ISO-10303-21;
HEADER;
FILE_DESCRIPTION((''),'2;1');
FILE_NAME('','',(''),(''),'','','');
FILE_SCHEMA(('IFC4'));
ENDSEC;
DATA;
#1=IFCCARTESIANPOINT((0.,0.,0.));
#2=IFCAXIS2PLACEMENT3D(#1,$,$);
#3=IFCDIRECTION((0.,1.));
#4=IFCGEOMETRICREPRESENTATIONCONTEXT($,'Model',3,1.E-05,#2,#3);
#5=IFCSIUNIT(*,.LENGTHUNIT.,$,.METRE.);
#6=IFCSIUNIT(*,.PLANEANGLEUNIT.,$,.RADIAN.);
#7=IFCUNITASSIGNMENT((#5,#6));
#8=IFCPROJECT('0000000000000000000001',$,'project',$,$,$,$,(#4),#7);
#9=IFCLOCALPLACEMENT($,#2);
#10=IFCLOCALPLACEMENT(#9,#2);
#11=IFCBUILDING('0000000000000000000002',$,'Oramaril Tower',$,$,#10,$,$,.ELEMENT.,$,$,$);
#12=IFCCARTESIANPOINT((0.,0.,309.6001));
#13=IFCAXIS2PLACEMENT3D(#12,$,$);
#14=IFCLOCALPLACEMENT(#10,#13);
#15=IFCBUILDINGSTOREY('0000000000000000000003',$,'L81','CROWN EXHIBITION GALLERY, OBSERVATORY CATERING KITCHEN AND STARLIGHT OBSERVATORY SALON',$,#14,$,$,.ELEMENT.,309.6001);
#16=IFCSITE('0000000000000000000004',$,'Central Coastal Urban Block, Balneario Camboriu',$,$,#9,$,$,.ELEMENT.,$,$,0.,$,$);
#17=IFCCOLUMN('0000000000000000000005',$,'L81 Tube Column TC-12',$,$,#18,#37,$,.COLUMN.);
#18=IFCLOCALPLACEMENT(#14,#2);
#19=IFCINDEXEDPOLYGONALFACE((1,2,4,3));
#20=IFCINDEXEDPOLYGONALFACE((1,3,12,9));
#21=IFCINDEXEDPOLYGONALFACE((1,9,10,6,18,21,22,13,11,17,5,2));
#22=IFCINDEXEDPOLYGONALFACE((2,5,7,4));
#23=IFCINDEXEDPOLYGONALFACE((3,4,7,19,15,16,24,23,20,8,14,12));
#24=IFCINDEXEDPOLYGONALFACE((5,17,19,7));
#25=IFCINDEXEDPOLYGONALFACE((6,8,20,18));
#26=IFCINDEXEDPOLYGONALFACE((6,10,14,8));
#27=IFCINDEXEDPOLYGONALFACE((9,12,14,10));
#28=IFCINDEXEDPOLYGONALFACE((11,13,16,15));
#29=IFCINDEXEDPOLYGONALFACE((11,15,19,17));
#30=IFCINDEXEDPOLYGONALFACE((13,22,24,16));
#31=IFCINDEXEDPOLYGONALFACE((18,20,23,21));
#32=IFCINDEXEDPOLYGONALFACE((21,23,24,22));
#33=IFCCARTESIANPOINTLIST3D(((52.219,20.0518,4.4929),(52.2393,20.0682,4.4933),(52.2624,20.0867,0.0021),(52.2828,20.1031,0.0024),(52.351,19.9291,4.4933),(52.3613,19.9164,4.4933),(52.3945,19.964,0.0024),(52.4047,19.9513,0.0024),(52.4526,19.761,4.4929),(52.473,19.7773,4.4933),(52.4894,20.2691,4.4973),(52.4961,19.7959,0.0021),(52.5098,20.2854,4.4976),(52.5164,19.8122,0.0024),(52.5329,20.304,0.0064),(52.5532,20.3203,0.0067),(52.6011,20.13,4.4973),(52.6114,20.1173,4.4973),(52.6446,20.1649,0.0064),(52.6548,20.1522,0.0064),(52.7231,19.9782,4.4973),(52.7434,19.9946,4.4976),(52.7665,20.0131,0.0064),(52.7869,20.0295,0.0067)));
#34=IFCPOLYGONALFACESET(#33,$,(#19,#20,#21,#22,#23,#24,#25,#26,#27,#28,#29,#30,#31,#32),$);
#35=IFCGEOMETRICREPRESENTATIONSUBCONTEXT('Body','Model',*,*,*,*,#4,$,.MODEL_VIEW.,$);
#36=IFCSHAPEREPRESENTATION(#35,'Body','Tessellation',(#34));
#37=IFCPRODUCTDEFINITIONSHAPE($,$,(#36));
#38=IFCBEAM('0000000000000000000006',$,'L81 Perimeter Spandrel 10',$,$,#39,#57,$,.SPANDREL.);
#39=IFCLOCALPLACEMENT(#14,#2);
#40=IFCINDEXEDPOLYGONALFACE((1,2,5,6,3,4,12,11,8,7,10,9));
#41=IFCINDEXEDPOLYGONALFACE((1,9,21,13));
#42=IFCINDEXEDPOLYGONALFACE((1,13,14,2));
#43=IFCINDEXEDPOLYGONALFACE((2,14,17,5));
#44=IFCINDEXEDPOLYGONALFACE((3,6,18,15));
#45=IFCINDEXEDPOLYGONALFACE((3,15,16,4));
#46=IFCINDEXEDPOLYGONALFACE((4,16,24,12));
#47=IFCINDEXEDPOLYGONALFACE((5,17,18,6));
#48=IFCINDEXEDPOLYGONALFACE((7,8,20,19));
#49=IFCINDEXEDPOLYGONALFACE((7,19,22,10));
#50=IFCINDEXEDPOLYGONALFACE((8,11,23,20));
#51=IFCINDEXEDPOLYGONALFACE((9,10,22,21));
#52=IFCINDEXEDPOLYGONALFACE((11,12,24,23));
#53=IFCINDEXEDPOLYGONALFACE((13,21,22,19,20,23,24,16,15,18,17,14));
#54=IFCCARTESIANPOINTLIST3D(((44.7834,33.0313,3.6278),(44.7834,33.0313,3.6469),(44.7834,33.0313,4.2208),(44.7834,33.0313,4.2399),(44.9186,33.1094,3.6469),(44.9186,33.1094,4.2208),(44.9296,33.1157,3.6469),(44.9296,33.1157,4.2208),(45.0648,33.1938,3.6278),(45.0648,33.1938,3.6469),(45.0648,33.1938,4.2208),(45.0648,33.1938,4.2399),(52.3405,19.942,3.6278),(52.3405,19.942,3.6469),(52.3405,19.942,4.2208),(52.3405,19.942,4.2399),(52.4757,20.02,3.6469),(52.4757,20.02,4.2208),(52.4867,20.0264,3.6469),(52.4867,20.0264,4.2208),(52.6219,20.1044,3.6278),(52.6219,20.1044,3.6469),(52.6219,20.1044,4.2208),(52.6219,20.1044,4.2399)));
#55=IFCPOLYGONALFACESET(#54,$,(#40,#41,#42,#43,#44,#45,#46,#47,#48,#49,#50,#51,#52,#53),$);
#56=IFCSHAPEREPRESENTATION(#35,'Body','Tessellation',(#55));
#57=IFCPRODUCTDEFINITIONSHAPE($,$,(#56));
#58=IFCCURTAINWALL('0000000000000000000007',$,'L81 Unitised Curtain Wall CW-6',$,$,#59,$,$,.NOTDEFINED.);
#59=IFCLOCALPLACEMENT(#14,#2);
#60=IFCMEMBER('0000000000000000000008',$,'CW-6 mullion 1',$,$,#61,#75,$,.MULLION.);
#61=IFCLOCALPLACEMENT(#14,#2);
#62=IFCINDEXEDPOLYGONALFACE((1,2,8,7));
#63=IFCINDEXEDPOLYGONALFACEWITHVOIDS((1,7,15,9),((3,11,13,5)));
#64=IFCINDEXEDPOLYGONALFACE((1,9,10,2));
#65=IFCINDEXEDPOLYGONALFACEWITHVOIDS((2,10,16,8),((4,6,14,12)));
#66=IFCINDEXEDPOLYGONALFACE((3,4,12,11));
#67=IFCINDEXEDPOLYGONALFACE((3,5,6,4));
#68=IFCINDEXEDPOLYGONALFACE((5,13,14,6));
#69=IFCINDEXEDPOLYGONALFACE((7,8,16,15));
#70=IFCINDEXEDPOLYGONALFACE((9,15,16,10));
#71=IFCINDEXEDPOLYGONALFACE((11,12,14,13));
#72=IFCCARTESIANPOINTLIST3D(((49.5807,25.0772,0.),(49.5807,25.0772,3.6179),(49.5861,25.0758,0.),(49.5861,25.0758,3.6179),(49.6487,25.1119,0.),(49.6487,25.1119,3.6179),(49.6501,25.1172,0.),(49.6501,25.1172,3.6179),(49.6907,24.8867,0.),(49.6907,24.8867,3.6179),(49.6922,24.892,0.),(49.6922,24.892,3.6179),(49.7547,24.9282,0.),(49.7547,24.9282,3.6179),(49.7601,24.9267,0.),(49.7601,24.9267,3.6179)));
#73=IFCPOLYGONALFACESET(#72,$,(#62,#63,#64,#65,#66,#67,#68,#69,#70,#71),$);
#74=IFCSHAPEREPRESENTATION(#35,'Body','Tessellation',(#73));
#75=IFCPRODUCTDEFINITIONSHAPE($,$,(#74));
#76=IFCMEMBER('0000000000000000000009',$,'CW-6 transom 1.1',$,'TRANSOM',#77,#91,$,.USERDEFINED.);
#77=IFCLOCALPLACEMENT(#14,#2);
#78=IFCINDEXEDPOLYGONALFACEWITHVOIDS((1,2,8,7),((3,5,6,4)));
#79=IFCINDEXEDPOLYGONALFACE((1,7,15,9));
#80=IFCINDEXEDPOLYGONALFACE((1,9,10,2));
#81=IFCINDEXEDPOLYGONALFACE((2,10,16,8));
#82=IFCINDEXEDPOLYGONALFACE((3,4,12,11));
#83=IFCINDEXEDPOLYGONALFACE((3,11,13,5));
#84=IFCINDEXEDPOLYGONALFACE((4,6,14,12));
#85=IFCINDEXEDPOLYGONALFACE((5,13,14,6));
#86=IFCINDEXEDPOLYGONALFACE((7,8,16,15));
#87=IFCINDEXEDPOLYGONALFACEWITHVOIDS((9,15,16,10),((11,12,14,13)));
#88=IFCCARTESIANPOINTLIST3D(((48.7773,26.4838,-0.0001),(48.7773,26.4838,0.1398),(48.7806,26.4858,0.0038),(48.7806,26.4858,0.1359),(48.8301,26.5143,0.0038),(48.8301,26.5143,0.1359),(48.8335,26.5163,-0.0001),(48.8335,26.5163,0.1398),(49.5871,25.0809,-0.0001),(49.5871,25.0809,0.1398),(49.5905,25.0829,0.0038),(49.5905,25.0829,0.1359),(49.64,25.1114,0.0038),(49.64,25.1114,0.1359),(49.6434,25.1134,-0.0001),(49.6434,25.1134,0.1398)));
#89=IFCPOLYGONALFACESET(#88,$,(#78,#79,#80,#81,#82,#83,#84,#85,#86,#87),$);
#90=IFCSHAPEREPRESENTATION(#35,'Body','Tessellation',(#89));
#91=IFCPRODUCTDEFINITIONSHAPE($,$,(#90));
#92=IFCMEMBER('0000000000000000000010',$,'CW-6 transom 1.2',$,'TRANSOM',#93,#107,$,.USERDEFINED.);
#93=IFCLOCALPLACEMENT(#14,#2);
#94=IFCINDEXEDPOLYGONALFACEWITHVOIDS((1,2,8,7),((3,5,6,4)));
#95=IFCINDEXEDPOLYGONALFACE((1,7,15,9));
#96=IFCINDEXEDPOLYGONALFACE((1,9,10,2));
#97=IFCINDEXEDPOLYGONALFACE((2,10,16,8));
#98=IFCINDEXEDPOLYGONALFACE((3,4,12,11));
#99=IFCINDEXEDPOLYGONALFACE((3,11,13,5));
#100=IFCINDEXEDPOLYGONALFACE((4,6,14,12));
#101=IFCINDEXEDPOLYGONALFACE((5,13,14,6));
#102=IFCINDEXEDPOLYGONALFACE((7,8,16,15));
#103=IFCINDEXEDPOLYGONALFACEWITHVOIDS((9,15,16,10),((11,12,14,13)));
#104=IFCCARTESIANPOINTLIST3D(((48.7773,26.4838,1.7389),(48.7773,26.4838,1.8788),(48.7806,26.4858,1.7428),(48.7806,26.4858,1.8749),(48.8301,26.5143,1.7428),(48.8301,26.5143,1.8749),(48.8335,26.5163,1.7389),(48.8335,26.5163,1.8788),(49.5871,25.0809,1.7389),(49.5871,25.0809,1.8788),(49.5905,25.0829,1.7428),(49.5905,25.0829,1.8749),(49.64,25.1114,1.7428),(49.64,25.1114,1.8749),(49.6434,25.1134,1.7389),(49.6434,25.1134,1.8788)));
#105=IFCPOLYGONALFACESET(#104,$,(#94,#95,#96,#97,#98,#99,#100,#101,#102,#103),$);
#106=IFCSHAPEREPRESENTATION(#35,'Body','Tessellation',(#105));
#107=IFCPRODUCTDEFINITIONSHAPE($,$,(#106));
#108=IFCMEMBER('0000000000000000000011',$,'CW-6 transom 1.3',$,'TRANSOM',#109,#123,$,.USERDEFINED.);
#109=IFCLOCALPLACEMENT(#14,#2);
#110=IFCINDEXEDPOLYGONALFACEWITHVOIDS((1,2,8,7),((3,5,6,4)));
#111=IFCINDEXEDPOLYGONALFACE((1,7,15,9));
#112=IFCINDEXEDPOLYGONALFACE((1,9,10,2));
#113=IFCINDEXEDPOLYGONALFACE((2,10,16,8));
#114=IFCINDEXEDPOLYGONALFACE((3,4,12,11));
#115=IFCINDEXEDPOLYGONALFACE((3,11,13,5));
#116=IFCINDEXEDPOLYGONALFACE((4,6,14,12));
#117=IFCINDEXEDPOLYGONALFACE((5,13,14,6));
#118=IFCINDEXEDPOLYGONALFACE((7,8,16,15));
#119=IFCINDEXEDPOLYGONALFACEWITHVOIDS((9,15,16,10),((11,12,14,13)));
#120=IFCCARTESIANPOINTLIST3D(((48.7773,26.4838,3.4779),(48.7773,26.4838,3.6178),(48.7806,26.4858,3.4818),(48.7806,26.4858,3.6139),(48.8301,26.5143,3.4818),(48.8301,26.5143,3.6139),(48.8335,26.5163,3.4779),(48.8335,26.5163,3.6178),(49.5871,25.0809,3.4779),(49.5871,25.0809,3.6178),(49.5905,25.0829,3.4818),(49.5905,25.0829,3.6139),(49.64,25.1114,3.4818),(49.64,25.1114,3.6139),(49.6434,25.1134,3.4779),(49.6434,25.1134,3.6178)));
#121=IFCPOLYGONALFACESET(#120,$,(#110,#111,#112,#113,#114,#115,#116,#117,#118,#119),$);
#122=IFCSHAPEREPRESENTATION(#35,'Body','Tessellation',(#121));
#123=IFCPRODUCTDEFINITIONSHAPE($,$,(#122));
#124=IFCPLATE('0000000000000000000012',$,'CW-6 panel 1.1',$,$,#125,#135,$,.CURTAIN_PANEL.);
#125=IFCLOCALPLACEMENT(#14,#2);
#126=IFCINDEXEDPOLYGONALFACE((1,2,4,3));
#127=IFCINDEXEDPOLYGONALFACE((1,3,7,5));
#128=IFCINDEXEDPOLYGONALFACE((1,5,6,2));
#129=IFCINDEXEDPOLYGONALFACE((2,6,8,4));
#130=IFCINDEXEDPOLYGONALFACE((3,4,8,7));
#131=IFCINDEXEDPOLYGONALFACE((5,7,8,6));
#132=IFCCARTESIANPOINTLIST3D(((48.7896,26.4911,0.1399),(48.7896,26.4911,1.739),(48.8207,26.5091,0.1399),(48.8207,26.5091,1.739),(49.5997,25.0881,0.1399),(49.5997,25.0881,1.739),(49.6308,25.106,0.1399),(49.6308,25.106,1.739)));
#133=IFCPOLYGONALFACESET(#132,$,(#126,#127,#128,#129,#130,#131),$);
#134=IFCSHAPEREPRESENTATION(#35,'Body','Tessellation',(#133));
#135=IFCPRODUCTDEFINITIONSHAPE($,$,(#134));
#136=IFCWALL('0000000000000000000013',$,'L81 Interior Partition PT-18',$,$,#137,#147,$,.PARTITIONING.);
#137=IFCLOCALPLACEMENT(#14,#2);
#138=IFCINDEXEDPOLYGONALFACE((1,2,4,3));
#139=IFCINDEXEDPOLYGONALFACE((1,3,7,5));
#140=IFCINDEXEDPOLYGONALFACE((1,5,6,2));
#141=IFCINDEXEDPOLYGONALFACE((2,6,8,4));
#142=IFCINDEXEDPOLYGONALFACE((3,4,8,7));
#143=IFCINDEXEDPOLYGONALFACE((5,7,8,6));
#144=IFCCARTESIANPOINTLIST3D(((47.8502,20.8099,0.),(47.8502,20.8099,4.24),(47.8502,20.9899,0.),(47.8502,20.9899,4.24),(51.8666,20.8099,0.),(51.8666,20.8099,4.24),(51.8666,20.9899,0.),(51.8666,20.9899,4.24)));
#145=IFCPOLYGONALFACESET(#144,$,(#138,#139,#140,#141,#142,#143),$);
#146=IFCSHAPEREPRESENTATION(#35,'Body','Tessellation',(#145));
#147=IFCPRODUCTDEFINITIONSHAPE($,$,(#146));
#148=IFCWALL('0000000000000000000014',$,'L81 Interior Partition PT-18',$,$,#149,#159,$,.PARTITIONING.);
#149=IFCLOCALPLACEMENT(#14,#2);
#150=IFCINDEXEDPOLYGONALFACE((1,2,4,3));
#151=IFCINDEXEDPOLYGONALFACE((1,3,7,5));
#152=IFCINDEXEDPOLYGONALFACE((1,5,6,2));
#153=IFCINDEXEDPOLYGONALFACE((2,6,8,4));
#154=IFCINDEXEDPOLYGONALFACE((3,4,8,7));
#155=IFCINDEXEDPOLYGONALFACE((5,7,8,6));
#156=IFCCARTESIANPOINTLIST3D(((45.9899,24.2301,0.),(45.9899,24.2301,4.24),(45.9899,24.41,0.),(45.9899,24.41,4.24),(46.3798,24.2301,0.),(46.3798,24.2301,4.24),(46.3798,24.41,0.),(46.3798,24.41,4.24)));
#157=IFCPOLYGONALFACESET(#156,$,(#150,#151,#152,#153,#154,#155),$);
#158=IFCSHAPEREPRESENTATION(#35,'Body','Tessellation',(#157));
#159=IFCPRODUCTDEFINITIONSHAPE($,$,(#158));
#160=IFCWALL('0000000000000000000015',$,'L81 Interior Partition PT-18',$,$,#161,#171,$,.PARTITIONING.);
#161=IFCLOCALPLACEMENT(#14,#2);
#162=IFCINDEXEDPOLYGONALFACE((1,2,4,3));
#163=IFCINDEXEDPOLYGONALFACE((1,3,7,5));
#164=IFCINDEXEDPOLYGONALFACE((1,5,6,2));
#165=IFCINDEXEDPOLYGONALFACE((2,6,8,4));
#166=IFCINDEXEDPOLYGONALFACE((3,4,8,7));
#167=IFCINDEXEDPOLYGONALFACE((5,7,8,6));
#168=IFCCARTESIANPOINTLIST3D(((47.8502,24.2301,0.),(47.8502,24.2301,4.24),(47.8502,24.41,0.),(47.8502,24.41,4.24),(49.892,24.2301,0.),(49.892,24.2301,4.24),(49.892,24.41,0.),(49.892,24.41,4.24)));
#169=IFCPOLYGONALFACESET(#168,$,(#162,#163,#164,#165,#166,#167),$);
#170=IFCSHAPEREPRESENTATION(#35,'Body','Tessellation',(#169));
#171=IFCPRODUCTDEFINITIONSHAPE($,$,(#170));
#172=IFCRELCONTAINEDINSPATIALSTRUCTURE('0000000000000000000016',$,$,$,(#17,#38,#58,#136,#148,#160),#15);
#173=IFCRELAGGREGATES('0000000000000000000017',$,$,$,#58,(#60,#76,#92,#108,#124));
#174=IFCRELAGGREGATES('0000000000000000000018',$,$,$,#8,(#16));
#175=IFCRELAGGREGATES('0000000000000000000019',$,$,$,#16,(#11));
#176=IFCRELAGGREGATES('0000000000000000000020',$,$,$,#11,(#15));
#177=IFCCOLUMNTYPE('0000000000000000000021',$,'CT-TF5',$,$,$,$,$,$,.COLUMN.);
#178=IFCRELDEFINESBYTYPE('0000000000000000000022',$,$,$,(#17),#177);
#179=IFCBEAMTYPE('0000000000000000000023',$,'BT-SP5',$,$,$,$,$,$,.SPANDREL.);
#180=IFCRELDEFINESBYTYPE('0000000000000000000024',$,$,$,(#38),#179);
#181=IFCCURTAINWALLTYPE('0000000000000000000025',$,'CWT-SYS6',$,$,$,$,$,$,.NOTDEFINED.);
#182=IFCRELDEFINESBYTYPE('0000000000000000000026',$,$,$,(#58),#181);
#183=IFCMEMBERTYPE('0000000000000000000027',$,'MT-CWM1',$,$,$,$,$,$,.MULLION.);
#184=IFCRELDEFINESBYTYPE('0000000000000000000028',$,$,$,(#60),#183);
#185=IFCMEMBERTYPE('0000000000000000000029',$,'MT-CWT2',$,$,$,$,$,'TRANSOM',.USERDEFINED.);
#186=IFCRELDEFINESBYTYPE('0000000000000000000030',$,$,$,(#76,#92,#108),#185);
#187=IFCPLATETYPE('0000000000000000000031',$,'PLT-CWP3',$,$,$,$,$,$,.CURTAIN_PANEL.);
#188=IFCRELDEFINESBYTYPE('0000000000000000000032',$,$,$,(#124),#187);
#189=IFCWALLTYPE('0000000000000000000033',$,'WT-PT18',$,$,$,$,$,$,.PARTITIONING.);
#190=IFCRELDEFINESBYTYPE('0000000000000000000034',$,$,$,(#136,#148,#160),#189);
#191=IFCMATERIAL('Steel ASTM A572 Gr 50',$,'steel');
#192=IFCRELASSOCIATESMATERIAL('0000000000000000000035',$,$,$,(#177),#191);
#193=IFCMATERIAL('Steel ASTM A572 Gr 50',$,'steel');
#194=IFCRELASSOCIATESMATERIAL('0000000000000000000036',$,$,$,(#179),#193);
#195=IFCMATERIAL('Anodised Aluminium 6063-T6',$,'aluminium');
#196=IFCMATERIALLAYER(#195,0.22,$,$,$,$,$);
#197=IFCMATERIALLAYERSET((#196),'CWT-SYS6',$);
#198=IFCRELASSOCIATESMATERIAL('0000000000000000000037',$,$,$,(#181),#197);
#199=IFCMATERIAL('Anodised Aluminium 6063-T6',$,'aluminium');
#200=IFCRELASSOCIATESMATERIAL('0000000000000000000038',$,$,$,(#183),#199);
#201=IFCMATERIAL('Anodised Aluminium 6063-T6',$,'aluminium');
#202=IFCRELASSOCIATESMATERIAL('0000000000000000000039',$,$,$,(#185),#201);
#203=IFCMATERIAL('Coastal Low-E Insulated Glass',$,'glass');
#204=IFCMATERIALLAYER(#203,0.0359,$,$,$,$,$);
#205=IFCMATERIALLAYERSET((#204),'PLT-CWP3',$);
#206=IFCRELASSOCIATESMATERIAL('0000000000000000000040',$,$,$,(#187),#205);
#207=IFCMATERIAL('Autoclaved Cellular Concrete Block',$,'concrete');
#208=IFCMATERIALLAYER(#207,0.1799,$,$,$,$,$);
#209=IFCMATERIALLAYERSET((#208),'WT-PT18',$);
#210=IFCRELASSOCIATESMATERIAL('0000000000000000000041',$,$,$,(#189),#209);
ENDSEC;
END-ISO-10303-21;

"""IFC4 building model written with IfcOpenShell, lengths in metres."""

from ifc_helpers import new_model, si_unit, direction, frame, frame_2d, origin, origin_2d, place, context, subcontext, project, spatial, rectangle, hollow_rectangle, i_section, extrude, material, layer, layer_set, material_profile, profile_set, type_object, element, aggregate, save


model = new_model("IFC4")

# Units and contexts
model_context = context("Model", 3, precision=1e-05, world=origin(), true_north=direction((0.0, 1.0)))
body_context = subcontext(model_context, "Body", "Model", "MODEL_VIEW")
ifc_project = project(units=[si_unit("LENGTHUNIT", "METRE"), si_unit("PLANEANGLEUNIT", "RADIAN")], contexts=[model_context])

# Site, building, storey
site_placement = place(None, origin())
site = spatial("IfcSite", under=ifc_project, at=site_placement, Name="Central Coastal Urban Block, Balneario Camboriu", CompositionType="ELEMENT", RefElevation=0.0)
building_placement = place(site_placement, origin())
building = spatial("IfcBuilding", under=site, at=building_placement, Name="Oramaril Tower", CompositionType="ELEMENT")
storey_placement = place(building_placement, frame((0.0, 0.0, 309.6001)))
storey = spatial("IfcBuildingStorey", under=building, at=storey_placement, Name="L81", Description="CROWN EXHIBITION GALLERY, OBSERVATORY CATERING KITCHEN AND STARLIGHT OBSERVATORY SALON", CompositionType="ELEMENT", Elevation=309.6001)

# Column
ifc_material_1 = material(Name="Steel ASTM A572 Gr 50", Category="steel")
ifc_material_profile_1 = material_profile(ifc_material_1, i_section(OverallWidth=0.373, OverallDepth=0.373, WebThickness=0.0164, FlangeThickness=0.0261, at=origin_2d()), Name="W14X132")
ifc_profile_set_1 = profile_set([ifc_material_profile_1], Name="Steel ASTM A572 Gr 50")
column_type = type_object("IfcColumnType", Name="CT-TF5", PredefinedType="COLUMN", material=ifc_profile_set_1)
column_placement = place(storey_placement, frame((52.5247, 20.0581, 0.0044), z_axis=(-0.009676, -0.007773, 0.999923), x_axis=(0.626296, -0.779585, 0.0)))
element("IfcColumn", 1, at=column_placement, inside=storey, type_object=column_type, Name="L81 Tube Column TC-12", PredefinedType="COLUMN", context=body_context, shape_type="SweptSolid", body=[
    extrude(i_section(OverallWidth=0.373, OverallDepth=0.373, WebThickness=0.0164, FlangeThickness=0.0261, at=origin_2d()), origin(), (0.0, 0.0, 1.0), 4.4912),
])

# Beam
ifc_material_2 = material(Name="Steel ASTM A572 Gr 50", Category="steel")
ifc_material_profile_2 = material_profile(ifc_material_2, i_section(OverallWidth=0.325, OverallDepth=0.6121, WebThickness=0.0127, FlangeThickness=0.019, at=origin_2d()), Name="W24X104")
ifc_profile_set_2 = profile_set([ifc_material_profile_2], Name="Steel ASTM A572 Gr 50")
beam_type = type_object("IfcBeamType", Name="BT-SP5", PredefinedType="SPANDREL", material=ifc_profile_set_2)
beam_placement = place(storey_placement, frame((52.4812, 20.0232, 3.9338), z_axis=(-0.499999, 0.866026, 0.0), x_axis=(-0.866026, -0.499999, 0.0)))
element("IfcBeam", 2, at=beam_placement, inside=storey, type_object=beam_type, Name="L81 Perimeter Spandrel 10", PredefinedType="SPANDREL", context=body_context, shape_type="SweptSolid", body=[
    extrude(i_section(OverallWidth=0.325, OverallDepth=0.6121, WebThickness=0.0127, FlangeThickness=0.019, at=origin_2d()), origin(), (0.0, 0.0, 1.0), 15.1143),
])

# Curtain wall, members, plate
ifc_material_3 = material(Name="Anodised Aluminium 6063-T6", Category="aluminium")
ifc_layer_1 = layer(ifc_material_3, 0.22)
ifc_layer_set_1 = layer_set([ifc_layer_1], Name="CWT-SYS6")
curtain_wall_type = type_object("IfcCurtainWallType", Name="CWT-SYS6", PredefinedType="NOTDEFINED", material=ifc_layer_set_1)
curtain_wall_placement = place(storey_placement, origin())
curtain_wall = element("IfcCurtainWall", 3, at=curtain_wall_placement, inside=storey, type_object=curtain_wall_type, Name="L81 Unitised Curtain Wall CW-6", PredefinedType="NOTDEFINED")
ifc_material_4 = material(Name="Anodised Aluminium 6063-T6", Category="aluminium")
ifc_material_profile_3 = material_profile(ifc_material_4, hollow_rectangle(XDim=0.0801, YDim=0.22, WallThickness=0.0039, at=origin_2d()), Name="CWM220X80")
ifc_profile_set_3 = profile_set([ifc_material_profile_3], Name="Anodised Aluminium 6063-T6")
member_type_1 = type_object("IfcMemberType", Name="MT-CWM1", PredefinedType="MULLION", material=ifc_profile_set_3)
member_1_placement = place(storey_placement, frame((49.6704, 25.002, 0.0), z_axis=(0.0, 0.0, 1.0), x_axis=(-0.866025, -0.5, 0.0)))
member_1 = element("IfcMember", 4, at=member_1_placement, type_object=member_type_1, Name="CW-6 mullion 1", PredefinedType="MULLION", context=body_context, shape_type="SweptSolid", body=[
    extrude(hollow_rectangle(XDim=0.0801, YDim=0.22, WallThickness=0.0039, at=origin_2d()), origin(), (0.0, 0.0, 1.0), 3.6179),
])
ifc_material_5 = material(Name="Anodised Aluminium 6063-T6", Category="aluminium")
ifc_material_profile_4 = material_profile(ifc_material_5, hollow_rectangle(XDim=0.0649, YDim=0.1399, WallThickness=0.0039, at=origin_2d()), Name="CWT140X65")
ifc_profile_set_4 = profile_set([ifc_material_profile_4], Name="Anodised Aluminium 6063-T6")
member_type_2 = type_object("IfcMemberType", Name="MT-CWT2", ElementType="TRANSOM", PredefinedType="USERDEFINED", material=ifc_profile_set_4)
member_2_placement = place(storey_placement, frame((49.6152, 25.0972, 0.0698), z_axis=(-0.499949, 0.866055, 0.0), x_axis=(-0.866055, -0.499949, 0.0)))
member_2 = element("IfcMember", 5, at=member_2_placement, type_object=member_type_2, Name="CW-6 transom 1.1", ObjectType="TRANSOM", PredefinedType="USERDEFINED", context=body_context, shape_type="SweptSolid", body=[
    extrude(hollow_rectangle(XDim=0.0649, YDim=0.1399, WallThickness=0.0039, at=origin_2d()), origin(), (0.0, 0.0, 1.0), 1.6199),
])
member_3_placement = place(storey_placement, frame((49.6152, 25.0972, 1.8088), z_axis=(-0.499949, 0.866055, 0.0), x_axis=(-0.866055, -0.499949, 0.0)))
member_3 = element("IfcMember", 6, at=member_3_placement, type_object=member_type_2, Name="CW-6 transom 1.2", ObjectType="TRANSOM", PredefinedType="USERDEFINED", context=body_context, shape_type="SweptSolid", body=[
    extrude(hollow_rectangle(XDim=0.0649, YDim=0.1399, WallThickness=0.0039, at=origin_2d()), origin(), (0.0, 0.0, 1.0), 1.6199),
])
member_4_placement = place(storey_placement, frame((49.6152, 25.0972, 3.5479), z_axis=(-0.499949, 0.866055, 0.0), x_axis=(-0.866055, -0.499949, 0.0)))
member_4 = element("IfcMember", 7, at=member_4_placement, type_object=member_type_2, Name="CW-6 transom 1.3", ObjectType="TRANSOM", PredefinedType="USERDEFINED", context=body_context, shape_type="SweptSolid", body=[
    extrude(hollow_rectangle(XDim=0.0649, YDim=0.1399, WallThickness=0.0039, at=origin_2d()), origin(), (0.0, 0.0, 1.0), 1.6199),
])
ifc_material_6 = material(Name="Coastal Low-E Insulated Glass", Category="glass")
ifc_layer_2 = layer(ifc_material_6, 0.0359)
ifc_layer_set_2 = layer_set([ifc_layer_2], Name="PLT-CWP3")
plate_type = type_object("IfcPlateType", Name="PLT-CWP3", PredefinedType="CURTAIN_PANEL", material=ifc_layer_set_2)
plate_placement = place(storey_placement, frame((49.2102, 25.7986, 0.1399), z_axis=(0.0, 0.0, 1.0), x_axis=(-0.5, 0.866025, 0.0)))
plate = element("IfcPlate", 8, at=plate_placement, type_object=plate_type, Name="CW-6 panel 1.1", PredefinedType="CURTAIN_PANEL", context=body_context, shape_type="SweptSolid", body=[
    extrude(rectangle(XDim=1.6201, YDim=0.0359, at=origin_2d()), origin(), (0.0, 0.0, 1.0), 1.5991),
])
aggregate(curtain_wall, [member_1, member_2, member_3, member_4, plate])

# Walls
ifc_material_7 = material(Name="Autoclaved Cellular Concrete Block", Category="concrete")
ifc_layer_3 = layer(ifc_material_7, 0.1799)
ifc_layer_set_3 = layer_set([ifc_layer_3], Name="WT-PT18")
wall_type = type_object("IfcWallType", Name="WT-PT18", PredefinedType="PARTITIONING", material=ifc_layer_set_3)
wall_1_placement = place(storey_placement, frame((47.8501, 20.8999, 0.0), z_axis=(0.0, 0.0, 1.0), x_axis=(1.0, 0.0, 0.0)))
element("IfcWall", 9, at=wall_1_placement, inside=storey, type_object=wall_type, Name="L81 Interior Partition PT-18", PredefinedType="PARTITIONING", context=body_context, shape_type="SweptSolid", body=[
    extrude(rectangle(XDim=4.0164, YDim=0.1799, at=frame_2d((2.0083, 0.0))), origin(), (0.0, 0.0, 1.0), 4.24),
])
wall_2_placement = place(storey_placement, frame((45.99, 24.3201, 0.0), z_axis=(0.0, 0.0, 1.0), x_axis=(1.0, 0.0, 0.0)))
element("IfcWall", 10, at=wall_2_placement, inside=storey, type_object=wall_type, Name="L81 Interior Partition PT-18", PredefinedType="PARTITIONING", context=body_context, shape_type="SweptSolid", body=[
    extrude(rectangle(XDim=0.3899, YDim=0.1799, at=frame_2d((0.1948, 0.0))), origin(), (0.0, 0.0, 1.0), 4.24),
])
wall_3_placement = place(storey_placement, frame((47.8501, 24.3201, 0.0), z_axis=(0.0, 0.0, 1.0), x_axis=(1.0, 0.0, 0.0)))
element("IfcWall", 11, at=wall_3_placement, inside=storey, type_object=wall_type, Name="L81 Interior Partition PT-18", PredefinedType="PARTITIONING", context=body_context, shape_type="SweptSolid", body=[
    extrude(rectangle(XDim=2.0417, YDim=0.1799, at=frame_2d((1.021, 0.0))), origin(), (0.0, 0.0, 1.0), 4.24),
])

save(model, "model.ifc")
